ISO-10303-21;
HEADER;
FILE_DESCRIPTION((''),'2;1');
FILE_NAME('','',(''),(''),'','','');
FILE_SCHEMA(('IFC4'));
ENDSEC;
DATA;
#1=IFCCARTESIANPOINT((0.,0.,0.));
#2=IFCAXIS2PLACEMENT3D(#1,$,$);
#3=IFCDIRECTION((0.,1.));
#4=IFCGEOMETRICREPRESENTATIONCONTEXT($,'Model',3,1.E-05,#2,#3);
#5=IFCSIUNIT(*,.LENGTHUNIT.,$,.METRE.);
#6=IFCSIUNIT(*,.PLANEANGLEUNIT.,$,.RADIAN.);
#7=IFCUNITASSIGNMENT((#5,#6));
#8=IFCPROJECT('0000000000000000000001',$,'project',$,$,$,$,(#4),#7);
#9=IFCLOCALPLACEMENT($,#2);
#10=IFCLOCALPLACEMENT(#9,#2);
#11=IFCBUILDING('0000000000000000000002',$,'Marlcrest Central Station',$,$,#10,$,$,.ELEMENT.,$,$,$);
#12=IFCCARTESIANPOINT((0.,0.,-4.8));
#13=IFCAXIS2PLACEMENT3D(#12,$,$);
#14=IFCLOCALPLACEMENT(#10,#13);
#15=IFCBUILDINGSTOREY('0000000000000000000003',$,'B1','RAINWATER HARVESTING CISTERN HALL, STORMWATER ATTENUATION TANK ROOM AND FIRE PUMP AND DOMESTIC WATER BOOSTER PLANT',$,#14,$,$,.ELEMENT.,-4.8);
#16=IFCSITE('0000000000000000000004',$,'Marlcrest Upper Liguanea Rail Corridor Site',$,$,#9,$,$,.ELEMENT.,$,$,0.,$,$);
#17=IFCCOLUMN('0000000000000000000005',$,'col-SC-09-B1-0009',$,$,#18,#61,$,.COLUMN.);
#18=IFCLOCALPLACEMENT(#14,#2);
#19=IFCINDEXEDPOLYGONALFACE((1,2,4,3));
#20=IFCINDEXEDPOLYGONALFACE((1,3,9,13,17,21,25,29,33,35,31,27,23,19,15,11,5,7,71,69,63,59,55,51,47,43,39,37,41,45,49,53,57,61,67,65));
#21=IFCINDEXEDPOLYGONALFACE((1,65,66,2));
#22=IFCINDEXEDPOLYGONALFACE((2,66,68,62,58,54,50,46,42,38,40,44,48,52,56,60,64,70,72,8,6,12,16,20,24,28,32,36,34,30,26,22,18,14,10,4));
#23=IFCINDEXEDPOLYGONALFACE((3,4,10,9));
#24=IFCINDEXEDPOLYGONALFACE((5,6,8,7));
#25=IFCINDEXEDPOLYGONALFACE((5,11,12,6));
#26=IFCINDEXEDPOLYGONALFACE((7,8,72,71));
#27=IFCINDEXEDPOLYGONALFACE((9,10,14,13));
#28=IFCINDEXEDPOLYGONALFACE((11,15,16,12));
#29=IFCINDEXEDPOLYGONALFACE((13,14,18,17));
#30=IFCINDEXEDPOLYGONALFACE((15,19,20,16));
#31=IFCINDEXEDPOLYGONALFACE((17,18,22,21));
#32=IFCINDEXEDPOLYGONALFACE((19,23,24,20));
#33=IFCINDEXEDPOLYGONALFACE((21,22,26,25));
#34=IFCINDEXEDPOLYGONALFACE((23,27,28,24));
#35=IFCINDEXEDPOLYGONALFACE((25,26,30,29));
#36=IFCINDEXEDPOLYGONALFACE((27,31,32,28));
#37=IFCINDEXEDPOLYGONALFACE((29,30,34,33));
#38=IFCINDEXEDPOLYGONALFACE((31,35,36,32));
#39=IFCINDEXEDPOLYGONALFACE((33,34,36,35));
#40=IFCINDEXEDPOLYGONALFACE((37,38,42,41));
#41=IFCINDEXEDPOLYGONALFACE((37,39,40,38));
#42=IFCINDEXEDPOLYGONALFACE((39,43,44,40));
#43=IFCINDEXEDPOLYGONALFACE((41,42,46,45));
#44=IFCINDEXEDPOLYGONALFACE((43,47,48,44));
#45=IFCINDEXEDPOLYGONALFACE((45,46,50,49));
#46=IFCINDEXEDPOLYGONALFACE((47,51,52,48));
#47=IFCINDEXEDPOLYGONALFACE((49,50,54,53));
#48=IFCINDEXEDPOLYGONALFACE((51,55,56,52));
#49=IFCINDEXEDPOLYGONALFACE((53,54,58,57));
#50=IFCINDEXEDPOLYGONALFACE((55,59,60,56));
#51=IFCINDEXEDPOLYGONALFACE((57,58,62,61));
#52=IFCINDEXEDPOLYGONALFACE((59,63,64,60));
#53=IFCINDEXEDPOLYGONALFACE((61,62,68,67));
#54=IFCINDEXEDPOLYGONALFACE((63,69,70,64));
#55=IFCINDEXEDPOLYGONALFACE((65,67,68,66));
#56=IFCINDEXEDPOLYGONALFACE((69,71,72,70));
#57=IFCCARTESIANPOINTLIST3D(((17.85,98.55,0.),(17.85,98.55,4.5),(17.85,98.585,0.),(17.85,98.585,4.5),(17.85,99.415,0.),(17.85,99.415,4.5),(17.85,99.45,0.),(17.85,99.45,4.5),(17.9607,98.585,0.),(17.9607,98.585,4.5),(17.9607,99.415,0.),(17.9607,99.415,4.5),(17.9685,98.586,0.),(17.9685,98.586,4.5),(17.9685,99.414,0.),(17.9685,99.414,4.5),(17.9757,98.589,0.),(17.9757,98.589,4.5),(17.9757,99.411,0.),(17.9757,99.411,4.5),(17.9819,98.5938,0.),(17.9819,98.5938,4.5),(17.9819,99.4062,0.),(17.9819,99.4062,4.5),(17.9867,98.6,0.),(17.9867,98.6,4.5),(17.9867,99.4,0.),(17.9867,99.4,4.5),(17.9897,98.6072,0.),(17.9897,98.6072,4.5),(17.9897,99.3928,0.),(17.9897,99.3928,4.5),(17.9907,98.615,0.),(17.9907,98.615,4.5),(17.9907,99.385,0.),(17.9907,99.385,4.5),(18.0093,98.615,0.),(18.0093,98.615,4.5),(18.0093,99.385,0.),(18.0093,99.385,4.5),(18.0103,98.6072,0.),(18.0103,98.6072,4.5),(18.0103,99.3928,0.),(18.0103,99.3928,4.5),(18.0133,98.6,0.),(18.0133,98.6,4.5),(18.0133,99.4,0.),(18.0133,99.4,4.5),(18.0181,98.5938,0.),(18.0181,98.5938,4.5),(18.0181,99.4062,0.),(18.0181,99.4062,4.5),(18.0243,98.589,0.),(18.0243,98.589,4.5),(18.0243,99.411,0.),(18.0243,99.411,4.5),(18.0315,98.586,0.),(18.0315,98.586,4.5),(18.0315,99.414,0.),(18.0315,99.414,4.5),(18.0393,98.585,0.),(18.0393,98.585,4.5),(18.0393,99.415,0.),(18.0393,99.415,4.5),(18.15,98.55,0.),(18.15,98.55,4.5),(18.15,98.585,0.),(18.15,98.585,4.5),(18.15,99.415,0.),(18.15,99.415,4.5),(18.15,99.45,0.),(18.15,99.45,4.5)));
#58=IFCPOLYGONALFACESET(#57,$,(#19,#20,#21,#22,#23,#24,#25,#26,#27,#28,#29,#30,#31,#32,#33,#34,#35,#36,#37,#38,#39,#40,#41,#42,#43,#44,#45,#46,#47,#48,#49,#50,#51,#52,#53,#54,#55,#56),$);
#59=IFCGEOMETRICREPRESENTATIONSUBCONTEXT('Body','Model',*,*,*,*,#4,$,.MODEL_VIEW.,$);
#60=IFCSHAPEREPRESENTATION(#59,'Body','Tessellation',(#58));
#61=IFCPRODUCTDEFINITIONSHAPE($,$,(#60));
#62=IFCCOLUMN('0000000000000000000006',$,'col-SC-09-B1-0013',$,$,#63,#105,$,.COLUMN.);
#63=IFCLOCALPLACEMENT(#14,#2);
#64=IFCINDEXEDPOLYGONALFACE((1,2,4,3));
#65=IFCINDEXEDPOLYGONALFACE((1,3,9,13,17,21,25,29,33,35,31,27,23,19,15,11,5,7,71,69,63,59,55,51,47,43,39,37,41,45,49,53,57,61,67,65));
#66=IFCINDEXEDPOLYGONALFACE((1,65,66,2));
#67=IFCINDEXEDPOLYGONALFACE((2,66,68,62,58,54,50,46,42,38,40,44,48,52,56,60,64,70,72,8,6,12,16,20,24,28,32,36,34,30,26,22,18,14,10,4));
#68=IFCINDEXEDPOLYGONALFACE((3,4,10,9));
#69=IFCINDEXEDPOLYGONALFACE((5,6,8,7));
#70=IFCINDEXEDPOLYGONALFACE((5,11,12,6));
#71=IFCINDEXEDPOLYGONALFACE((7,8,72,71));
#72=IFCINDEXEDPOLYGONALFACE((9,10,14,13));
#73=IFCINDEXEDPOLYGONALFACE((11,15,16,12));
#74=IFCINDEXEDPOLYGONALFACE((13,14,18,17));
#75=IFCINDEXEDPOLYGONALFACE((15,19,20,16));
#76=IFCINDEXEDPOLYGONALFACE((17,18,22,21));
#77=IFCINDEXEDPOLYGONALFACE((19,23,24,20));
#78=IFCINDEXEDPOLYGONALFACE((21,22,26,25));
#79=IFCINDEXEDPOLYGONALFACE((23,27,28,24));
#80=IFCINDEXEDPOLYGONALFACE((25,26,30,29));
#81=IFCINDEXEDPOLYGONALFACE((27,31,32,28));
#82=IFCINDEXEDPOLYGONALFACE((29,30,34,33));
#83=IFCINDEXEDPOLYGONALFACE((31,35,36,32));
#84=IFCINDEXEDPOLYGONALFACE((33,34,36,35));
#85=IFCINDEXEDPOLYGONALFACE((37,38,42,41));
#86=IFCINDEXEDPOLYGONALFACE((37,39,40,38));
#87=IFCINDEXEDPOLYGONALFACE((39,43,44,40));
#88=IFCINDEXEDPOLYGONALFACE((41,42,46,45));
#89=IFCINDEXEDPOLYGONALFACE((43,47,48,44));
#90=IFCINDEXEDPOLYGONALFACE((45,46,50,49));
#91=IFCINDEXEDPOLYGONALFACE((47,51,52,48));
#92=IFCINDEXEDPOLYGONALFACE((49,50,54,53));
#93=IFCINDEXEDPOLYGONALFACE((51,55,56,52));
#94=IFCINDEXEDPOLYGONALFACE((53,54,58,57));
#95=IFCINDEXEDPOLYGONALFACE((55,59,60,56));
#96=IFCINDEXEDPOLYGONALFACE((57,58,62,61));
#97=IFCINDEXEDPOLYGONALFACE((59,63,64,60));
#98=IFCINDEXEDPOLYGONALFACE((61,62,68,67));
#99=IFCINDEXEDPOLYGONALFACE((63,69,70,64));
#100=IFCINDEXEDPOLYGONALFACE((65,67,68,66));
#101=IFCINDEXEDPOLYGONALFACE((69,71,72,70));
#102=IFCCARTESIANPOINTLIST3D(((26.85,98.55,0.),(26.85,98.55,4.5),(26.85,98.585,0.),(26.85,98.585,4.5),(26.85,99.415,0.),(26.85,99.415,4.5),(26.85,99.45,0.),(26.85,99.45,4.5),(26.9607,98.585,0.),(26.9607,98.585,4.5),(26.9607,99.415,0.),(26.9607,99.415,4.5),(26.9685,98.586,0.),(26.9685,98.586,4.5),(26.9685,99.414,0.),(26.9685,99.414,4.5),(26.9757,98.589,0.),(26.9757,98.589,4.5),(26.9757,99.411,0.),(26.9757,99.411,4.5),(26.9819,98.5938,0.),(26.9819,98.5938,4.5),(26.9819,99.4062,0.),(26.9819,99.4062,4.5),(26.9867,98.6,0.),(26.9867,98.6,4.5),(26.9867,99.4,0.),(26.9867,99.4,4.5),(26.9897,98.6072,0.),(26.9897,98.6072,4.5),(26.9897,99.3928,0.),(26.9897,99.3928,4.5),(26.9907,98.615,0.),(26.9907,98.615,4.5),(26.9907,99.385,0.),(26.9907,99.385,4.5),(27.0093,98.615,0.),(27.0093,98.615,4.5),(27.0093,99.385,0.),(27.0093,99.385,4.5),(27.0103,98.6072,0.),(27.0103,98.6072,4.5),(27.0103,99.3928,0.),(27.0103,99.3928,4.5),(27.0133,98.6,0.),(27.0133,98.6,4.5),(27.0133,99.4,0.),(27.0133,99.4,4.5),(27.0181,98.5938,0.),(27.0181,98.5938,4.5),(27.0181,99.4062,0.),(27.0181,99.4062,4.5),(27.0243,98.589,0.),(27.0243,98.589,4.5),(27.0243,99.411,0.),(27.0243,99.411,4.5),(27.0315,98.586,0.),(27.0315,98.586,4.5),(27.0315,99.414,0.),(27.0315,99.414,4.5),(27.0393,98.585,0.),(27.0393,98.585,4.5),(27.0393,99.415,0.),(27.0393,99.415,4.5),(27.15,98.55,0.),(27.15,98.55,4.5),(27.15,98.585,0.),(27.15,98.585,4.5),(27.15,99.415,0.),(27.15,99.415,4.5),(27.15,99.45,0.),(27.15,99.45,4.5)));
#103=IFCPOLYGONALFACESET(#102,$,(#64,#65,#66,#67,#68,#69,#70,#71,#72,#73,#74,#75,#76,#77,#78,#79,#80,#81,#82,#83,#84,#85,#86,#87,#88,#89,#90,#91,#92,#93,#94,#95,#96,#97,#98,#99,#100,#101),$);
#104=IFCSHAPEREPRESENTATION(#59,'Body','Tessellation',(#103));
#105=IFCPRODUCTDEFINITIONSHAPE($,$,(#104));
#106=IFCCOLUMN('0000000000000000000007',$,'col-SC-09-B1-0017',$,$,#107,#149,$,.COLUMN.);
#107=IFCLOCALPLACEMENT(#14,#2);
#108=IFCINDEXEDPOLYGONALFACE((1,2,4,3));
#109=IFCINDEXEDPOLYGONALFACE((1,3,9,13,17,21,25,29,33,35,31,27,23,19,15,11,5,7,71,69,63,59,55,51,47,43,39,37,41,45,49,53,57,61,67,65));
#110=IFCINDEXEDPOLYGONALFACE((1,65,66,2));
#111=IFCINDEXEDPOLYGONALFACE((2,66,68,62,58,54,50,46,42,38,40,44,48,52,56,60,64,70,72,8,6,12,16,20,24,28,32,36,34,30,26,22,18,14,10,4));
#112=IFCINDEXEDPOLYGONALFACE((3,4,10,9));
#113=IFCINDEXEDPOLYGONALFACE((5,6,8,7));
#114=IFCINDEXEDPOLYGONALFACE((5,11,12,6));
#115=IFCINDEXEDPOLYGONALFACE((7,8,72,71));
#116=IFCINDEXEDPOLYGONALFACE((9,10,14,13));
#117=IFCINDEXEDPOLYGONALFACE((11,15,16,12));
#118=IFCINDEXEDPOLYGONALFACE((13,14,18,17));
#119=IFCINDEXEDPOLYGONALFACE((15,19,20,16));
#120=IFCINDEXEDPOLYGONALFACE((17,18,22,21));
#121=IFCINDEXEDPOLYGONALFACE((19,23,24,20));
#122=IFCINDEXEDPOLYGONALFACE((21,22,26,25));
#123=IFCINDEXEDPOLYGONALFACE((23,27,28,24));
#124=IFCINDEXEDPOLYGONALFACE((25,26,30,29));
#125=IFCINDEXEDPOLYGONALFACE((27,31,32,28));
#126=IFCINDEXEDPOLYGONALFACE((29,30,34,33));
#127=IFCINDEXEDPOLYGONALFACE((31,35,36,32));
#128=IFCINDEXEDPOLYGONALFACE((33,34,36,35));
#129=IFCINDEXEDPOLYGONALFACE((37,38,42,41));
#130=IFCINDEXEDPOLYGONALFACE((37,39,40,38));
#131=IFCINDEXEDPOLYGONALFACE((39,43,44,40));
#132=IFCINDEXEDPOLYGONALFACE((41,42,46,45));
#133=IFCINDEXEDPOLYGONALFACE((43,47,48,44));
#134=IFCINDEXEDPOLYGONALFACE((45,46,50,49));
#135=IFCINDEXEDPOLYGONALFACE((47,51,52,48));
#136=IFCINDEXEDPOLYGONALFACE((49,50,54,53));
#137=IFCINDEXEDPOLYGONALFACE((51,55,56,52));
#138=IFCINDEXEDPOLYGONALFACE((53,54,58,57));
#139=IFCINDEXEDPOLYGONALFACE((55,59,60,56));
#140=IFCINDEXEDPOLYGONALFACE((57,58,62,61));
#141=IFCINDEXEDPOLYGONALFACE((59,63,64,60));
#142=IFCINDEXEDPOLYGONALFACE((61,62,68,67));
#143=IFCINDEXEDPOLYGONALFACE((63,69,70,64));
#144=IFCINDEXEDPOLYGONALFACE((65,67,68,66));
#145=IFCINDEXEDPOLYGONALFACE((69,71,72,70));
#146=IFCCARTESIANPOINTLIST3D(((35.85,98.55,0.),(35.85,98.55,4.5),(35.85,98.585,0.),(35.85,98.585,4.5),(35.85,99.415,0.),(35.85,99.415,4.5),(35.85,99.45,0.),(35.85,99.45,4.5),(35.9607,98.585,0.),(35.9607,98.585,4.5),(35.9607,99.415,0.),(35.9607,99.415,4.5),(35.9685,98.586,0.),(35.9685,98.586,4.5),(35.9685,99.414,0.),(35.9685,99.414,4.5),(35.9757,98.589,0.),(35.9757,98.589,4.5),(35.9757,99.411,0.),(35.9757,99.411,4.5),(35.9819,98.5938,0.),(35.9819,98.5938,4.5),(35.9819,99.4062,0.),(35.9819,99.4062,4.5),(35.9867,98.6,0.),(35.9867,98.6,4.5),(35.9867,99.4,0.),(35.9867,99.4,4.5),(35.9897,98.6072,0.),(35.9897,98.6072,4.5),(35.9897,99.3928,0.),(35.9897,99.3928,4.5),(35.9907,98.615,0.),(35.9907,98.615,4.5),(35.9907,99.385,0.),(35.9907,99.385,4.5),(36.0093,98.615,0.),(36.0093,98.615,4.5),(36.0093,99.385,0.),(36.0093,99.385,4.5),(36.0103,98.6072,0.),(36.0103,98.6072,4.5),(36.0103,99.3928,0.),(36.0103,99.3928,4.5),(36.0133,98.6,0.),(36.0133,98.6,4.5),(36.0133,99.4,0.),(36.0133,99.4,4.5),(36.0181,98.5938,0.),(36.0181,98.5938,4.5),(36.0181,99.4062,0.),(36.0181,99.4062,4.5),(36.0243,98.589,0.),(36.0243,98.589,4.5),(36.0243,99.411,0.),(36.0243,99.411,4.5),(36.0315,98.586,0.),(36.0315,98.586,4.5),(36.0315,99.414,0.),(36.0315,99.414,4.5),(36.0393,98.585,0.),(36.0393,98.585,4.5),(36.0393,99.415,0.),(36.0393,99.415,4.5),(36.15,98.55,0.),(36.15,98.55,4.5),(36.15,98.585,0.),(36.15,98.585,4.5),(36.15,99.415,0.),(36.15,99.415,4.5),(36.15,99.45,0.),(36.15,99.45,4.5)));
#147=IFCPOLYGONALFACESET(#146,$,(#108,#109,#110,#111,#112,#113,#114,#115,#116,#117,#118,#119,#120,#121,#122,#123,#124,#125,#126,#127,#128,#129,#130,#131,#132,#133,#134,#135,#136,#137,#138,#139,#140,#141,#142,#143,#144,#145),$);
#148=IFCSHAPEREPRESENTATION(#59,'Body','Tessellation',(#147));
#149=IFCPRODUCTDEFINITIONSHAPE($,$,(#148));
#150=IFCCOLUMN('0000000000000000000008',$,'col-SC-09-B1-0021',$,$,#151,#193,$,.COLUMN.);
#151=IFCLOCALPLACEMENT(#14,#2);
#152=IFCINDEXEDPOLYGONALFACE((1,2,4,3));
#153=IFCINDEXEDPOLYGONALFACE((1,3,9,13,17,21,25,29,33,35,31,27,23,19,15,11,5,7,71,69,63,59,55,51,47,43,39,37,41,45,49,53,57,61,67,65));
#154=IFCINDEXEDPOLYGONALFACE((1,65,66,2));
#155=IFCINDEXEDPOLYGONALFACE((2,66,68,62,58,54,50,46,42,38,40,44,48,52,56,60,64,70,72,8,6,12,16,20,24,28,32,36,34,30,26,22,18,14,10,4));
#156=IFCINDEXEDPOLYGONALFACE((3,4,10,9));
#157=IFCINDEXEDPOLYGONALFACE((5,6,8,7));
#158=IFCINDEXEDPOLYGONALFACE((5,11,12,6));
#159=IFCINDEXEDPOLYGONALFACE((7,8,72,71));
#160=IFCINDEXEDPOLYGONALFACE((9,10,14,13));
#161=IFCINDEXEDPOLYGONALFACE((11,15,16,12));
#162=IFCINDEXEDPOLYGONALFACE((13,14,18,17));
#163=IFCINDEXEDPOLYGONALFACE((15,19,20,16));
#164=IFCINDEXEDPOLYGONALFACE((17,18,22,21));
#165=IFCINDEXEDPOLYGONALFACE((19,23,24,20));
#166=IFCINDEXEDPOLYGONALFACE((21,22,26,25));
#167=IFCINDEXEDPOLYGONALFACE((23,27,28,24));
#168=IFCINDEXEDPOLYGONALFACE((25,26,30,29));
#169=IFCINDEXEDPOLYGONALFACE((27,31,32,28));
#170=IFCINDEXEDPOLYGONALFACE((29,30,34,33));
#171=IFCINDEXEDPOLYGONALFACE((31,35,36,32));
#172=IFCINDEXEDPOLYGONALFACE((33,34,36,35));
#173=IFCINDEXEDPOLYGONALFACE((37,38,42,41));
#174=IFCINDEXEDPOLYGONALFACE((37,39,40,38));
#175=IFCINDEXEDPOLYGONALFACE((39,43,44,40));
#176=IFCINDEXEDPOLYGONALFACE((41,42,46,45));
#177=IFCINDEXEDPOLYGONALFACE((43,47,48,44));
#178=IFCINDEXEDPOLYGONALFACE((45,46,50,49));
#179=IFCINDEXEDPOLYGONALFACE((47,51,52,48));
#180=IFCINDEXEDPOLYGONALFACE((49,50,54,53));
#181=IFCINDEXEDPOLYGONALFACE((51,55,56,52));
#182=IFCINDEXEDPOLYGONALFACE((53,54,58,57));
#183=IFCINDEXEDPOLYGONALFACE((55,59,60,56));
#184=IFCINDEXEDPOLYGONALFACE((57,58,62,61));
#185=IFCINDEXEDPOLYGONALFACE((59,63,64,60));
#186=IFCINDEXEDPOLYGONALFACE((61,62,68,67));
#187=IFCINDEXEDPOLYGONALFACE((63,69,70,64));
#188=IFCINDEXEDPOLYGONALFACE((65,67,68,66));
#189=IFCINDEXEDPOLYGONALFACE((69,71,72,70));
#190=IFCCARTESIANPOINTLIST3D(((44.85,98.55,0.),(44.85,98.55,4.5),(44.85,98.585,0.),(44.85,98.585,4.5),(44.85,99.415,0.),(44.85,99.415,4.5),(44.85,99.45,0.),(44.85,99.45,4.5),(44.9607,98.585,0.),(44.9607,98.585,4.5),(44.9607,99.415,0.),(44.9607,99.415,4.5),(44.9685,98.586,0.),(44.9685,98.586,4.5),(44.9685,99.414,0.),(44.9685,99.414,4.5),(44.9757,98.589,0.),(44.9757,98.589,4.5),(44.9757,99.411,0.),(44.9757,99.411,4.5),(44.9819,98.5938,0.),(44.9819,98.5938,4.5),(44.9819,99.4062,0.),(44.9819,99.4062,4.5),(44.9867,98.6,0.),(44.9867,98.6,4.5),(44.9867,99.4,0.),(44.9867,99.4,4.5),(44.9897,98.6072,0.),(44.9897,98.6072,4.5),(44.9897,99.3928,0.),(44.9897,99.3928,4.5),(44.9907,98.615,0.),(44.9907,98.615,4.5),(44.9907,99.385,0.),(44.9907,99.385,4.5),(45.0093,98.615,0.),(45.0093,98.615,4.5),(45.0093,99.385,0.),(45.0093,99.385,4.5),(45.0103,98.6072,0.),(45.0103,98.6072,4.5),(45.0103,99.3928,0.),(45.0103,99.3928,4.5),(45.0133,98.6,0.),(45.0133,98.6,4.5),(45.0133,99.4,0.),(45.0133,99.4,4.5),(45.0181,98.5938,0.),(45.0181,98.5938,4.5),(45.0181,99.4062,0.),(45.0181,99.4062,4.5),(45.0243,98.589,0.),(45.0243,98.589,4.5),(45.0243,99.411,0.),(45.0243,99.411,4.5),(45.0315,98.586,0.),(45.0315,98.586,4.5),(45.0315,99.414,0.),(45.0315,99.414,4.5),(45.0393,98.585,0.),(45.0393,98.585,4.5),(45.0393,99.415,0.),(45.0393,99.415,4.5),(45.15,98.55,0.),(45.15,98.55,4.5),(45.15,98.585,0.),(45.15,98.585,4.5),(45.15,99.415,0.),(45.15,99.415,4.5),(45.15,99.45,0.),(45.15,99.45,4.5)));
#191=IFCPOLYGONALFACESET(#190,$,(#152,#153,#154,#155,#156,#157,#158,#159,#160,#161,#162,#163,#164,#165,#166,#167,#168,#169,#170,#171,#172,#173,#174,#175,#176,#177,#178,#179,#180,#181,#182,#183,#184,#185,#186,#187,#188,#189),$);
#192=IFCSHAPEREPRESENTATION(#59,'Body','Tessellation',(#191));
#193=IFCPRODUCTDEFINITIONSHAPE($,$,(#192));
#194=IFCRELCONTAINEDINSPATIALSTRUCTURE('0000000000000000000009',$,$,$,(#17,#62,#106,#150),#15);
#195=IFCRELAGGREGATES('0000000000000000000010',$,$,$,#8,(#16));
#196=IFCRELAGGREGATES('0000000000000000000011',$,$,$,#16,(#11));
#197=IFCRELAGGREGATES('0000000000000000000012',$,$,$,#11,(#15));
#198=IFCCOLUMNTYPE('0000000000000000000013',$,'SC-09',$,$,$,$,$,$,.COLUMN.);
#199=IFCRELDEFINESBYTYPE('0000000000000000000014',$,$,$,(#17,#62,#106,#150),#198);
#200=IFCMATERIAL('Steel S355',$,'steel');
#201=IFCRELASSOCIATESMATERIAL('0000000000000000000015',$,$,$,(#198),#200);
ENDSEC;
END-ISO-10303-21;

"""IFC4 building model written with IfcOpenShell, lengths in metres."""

from ifc_helpers import new_model, si_unit, direction, frame, origin, origin_2d, place, context, subcontext, project, spatial, i_section, extrude, material, material_profile, profile_set, type_object, element, save


model = new_model("IFC4")

# Units and contexts
model_context = context("Model", 3, precision=1e-05, world=origin(), true_north=direction((0.0, 1.0)))
body_context = subcontext(model_context, "Body", "Model", "MODEL_VIEW")
ifc_project = project(units=[si_unit("LENGTHUNIT", "METRE"), si_unit("PLANEANGLEUNIT", "RADIAN")], contexts=[model_context])

# Site, building, storey
site_placement = place(None, origin())
site = spatial("IfcSite", under=ifc_project, at=site_placement, Name="Marlcrest Upper Liguanea Rail Corridor Site", CompositionType="ELEMENT", RefElevation=0.0)
building_placement = place(site_placement, origin())
building = spatial("IfcBuilding", under=site, at=building_placement, Name="Marlcrest Central Station", CompositionType="ELEMENT")
storey_placement = place(building_placement, frame((0.0, 0.0, -4.8)))
storey = spatial("IfcBuildingStorey", under=building, at=storey_placement, Name="B1", Description="RAINWATER HARVESTING CISTERN HALL, STORMWATER ATTENUATION TANK ROOM AND FIRE PUMP AND DOMESTIC WATER BOOSTER PLANT", CompositionType="ELEMENT", Elevation=-4.8)

# Columns
ifc_material_1 = material(Name="Steel S355", Category="steel")
ifc_material_profile_1 = material_profile(ifc_material_1, i_section(OverallWidth=0.3, OverallDepth=0.8999, WebThickness=0.0186, FlangeThickness=0.0349, FilletRadius=0.03, at=origin_2d()), Name="HEB 900")
ifc_profile_set_1 = profile_set([ifc_material_profile_1], Name="Steel S355")
column_type = type_object("IfcColumnType", Name="SC-09", PredefinedType="COLUMN", material=ifc_profile_set_1)
for number, where, z_axis, x_axis, name in (
    (1, (18.0, 99.0, 0.0), (0.0, 0.0, 1.0), (1.0, 0.0, 0.0), "col-SC-09-B1-0009"),
    (2, (27.0, 99.0, 0.0), (0.0, 0.0, 1.0), (1.0, 0.0, 0.0), "col-SC-09-B1-0013"),
    (3, (36.0, 99.0, 0.0), (0.0, 0.0, 1.0), (1.0, 0.0, 0.0), "col-SC-09-B1-0017"),
    (4, (45.0, 99.0, 0.0), (0.0, 0.0, 1.0), (1.0, 0.0, 0.0), "col-SC-09-B1-0021"),
):
    element("IfcColumn", number, at=place(storey_placement, frame(where, z_axis=z_axis, x_axis=x_axis)), inside=storey, type_object=column_type, Name=name, PredefinedType="COLUMN", context=body_context, shape_type="SweptSolid", body=[
        extrude(i_section(OverallWidth=0.3, OverallDepth=0.8999, WebThickness=0.0186, FlangeThickness=0.0349, FilletRadius=0.03, at=origin_2d()), origin(), (0.0, 0.0, 1.0), 4.5),
    ])

save(model, "model.ifc")
